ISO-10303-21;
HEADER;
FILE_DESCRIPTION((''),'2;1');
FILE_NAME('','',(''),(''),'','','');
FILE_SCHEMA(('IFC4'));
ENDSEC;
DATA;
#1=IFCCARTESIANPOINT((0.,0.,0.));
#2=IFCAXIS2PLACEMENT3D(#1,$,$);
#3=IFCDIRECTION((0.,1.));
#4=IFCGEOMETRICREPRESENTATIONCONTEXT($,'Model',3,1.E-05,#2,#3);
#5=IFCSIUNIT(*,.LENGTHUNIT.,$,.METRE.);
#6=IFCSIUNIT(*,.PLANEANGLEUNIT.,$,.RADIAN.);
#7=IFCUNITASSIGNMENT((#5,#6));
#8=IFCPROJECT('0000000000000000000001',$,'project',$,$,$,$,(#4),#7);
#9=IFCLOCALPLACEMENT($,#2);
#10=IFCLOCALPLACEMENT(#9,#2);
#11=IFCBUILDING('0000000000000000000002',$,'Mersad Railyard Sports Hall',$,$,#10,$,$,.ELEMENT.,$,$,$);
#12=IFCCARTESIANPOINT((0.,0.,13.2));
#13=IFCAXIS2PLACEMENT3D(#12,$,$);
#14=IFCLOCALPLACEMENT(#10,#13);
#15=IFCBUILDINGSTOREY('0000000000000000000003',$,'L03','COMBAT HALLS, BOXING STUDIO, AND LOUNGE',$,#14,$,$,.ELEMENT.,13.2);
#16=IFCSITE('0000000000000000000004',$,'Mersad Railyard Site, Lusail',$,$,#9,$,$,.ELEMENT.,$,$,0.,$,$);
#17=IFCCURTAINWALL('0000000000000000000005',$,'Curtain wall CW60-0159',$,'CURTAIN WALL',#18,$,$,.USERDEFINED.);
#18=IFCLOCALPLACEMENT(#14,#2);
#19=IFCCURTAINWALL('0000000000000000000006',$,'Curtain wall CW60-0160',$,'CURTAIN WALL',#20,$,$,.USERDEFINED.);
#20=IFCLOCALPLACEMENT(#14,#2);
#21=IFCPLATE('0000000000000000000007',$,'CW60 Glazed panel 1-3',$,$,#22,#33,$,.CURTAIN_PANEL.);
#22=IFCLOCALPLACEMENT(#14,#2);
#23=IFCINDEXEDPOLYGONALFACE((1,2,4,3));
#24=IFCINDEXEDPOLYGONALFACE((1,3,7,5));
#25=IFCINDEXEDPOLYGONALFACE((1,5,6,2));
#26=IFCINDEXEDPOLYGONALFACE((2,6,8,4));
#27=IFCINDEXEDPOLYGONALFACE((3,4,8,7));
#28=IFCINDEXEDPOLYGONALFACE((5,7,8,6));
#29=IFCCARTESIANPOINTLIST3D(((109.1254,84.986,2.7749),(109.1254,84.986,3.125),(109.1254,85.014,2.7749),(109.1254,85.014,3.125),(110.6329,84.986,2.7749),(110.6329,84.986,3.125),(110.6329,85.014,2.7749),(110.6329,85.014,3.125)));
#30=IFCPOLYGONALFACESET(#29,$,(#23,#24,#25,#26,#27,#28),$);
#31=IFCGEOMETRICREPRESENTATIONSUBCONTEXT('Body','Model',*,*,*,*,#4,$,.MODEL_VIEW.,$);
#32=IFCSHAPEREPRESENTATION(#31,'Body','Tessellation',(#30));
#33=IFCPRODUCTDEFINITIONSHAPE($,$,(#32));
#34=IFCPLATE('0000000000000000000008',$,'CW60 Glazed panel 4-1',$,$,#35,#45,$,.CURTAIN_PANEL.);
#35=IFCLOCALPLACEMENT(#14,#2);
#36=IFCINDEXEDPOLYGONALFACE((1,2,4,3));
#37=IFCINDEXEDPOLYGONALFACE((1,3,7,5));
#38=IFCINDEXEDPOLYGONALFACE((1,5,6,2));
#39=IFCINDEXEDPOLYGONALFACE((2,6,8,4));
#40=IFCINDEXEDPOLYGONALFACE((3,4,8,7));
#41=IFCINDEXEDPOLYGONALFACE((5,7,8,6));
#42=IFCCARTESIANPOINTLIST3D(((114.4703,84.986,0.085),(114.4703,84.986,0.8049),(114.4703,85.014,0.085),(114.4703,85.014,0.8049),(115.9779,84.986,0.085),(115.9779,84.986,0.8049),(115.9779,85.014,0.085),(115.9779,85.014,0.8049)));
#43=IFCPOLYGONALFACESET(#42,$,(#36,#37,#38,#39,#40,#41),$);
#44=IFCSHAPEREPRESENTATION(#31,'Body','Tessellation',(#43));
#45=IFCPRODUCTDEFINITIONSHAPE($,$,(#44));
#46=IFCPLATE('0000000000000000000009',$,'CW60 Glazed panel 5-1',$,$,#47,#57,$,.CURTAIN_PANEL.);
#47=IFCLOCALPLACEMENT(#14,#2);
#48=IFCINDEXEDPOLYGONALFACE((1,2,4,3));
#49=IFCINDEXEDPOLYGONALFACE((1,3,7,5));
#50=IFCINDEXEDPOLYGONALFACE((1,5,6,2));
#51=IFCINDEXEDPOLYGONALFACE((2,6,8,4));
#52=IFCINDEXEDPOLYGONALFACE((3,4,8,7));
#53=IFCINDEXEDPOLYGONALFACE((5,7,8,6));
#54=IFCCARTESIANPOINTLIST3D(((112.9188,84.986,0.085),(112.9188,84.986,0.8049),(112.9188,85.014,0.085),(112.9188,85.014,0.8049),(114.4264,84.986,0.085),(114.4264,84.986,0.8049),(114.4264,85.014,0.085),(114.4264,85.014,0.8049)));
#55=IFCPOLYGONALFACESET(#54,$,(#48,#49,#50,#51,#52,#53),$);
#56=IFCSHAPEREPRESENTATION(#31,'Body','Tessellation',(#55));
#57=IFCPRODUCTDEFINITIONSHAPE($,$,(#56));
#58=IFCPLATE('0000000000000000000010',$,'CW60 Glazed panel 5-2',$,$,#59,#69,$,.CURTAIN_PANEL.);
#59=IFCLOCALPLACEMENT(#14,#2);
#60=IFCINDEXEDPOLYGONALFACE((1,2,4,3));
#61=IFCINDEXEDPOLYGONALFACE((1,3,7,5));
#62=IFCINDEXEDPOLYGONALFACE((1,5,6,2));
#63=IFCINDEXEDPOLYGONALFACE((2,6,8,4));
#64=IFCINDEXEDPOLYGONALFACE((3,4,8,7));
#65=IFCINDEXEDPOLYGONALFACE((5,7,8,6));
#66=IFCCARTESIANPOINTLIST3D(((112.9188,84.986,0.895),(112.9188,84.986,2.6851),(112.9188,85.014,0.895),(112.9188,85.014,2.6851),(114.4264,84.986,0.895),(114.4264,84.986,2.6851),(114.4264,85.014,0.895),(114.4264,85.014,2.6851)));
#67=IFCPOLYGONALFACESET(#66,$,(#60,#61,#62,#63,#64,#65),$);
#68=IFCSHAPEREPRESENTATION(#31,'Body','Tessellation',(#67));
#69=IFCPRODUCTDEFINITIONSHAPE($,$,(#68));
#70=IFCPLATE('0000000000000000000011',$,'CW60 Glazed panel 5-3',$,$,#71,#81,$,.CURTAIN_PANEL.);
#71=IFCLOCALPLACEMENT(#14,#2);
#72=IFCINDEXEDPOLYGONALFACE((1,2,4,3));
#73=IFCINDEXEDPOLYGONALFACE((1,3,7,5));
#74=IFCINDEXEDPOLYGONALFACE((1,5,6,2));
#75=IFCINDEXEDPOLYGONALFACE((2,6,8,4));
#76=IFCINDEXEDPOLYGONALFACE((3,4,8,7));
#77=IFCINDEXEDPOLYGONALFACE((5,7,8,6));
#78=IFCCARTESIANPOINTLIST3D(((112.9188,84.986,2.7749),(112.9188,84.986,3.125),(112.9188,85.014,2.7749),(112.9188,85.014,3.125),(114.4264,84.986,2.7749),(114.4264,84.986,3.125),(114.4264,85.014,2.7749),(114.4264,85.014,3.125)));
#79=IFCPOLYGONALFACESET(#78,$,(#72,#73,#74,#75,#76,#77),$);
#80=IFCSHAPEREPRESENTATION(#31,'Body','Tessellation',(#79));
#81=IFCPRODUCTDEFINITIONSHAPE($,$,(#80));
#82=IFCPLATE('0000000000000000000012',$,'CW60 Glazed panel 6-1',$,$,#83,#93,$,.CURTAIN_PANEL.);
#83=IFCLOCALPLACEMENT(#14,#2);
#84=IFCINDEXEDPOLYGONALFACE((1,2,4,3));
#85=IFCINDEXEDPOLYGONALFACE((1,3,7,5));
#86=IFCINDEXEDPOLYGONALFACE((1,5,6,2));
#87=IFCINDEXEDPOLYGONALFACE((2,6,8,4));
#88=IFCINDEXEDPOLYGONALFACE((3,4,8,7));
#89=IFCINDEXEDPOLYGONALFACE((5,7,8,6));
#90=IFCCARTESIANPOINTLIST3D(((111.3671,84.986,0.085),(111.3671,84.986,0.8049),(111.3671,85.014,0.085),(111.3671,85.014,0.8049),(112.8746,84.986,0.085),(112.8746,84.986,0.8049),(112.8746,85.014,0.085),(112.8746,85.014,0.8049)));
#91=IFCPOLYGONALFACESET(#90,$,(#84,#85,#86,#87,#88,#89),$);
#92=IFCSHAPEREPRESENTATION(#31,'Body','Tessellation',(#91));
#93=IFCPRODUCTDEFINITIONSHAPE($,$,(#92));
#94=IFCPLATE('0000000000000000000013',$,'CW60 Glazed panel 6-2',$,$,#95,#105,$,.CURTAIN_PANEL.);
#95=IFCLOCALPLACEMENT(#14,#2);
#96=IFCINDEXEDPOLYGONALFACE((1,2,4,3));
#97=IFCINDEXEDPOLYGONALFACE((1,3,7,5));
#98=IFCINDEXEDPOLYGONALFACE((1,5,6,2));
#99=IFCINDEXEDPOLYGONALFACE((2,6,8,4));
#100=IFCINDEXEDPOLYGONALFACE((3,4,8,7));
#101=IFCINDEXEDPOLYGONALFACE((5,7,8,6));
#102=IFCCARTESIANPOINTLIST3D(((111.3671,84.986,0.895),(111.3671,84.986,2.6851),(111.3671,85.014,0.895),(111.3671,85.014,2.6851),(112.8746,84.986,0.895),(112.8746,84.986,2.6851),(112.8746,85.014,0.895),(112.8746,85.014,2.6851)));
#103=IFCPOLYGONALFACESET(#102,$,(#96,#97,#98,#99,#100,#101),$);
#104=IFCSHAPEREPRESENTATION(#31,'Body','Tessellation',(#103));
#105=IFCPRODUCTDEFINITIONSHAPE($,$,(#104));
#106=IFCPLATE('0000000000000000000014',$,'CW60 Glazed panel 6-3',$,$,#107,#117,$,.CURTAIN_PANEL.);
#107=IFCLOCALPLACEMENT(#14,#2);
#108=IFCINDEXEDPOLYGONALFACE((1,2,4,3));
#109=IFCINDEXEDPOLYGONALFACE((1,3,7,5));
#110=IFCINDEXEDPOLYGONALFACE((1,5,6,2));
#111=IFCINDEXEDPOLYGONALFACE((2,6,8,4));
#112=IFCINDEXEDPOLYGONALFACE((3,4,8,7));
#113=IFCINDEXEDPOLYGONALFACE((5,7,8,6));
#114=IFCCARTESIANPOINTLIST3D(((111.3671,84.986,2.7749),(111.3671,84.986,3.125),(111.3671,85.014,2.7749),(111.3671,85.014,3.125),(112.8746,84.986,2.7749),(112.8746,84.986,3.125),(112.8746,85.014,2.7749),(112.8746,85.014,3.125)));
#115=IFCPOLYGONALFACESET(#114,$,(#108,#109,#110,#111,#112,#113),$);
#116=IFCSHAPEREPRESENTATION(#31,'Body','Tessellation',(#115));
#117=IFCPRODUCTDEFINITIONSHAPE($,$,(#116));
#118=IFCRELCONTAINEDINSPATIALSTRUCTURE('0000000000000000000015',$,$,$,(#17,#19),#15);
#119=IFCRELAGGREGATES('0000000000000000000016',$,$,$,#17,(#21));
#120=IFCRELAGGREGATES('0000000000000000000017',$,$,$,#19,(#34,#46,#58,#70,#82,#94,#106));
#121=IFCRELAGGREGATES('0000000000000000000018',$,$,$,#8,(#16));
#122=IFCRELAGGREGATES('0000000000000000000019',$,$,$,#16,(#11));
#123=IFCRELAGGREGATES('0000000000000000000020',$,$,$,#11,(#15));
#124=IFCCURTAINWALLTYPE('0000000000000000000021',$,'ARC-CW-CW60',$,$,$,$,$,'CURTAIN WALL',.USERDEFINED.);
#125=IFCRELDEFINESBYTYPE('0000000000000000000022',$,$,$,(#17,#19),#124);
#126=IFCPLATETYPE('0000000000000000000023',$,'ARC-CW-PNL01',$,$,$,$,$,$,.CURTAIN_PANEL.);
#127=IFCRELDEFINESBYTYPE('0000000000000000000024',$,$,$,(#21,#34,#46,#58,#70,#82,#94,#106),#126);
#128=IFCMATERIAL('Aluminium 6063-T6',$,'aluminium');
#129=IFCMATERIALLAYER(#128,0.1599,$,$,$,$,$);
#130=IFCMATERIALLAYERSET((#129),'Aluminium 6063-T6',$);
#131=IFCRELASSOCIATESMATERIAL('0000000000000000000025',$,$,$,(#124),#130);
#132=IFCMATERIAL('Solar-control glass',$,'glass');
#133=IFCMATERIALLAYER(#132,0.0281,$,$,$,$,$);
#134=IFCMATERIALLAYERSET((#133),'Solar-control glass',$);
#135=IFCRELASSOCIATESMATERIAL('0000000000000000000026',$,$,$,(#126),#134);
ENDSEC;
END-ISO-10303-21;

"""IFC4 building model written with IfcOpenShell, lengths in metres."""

from ifc_helpers import new_model, si_unit, direction, frame, origin, origin_2d, place, context, subcontext, project, spatial, rectangle, extrude, material, layer, layer_set, type_object, element, aggregate, save


model = new_model("IFC4")

# Units and contexts
model_context = context("Model", 3, precision=1e-05, world=origin(), true_north=direction((0.0, 1.0)))
body_context = subcontext(model_context, "Body", "Model", "MODEL_VIEW")
ifc_project = project(units=[si_unit("LENGTHUNIT", "METRE"), si_unit("PLANEANGLEUNIT", "RADIAN")], contexts=[model_context])

# Site, building, storey
site_placement = place(None, origin())
site = spatial("IfcSite", under=ifc_project, at=site_placement, Name="Mersad Railyard Site, Lusail", CompositionType="ELEMENT", RefElevation=0.0)
building_placement = place(site_placement, origin())
building = spatial("IfcBuilding", under=site, at=building_placement, Name="Mersad Railyard Sports Hall", CompositionType="ELEMENT")
storey_placement = place(building_placement, frame((0.0, 0.0, 13.2)))
storey = spatial("IfcBuildingStorey", under=building, at=storey_placement, Name="L03", Description="COMBAT HALLS, BOXING STUDIO, AND LOUNGE", CompositionType="ELEMENT", Elevation=13.2)

# Curtain wall
ifc_material_1 = material(Name="Aluminium 6063-T6", Category="aluminium")
ifc_layer_1 = layer(ifc_material_1, 0.1599)
ifc_layer_set_1 = layer_set([ifc_layer_1], Name="Aluminium 6063-T6")
curtain_wall_type = type_object("IfcCurtainWallType", Name="ARC-CW-CW60", ElementType="CURTAIN WALL", PredefinedType="USERDEFINED", material=ifc_layer_set_1)
curtain_wall_1_placement = place(storey_placement, origin())
curtain_wall_1 = element("IfcCurtainWall", 1, at=curtain_wall_1_placement, inside=storey, type_object=curtain_wall_type, Name="Curtain wall CW60-0159", ObjectType="CURTAIN WALL", PredefinedType="USERDEFINED")

# Curtain wall
curtain_wall_2_placement = place(storey_placement, origin())
curtain_wall_2 = element("IfcCurtainWall", 2, at=curtain_wall_2_placement, inside=storey, type_object=curtain_wall_type, Name="Curtain wall CW60-0160", ObjectType="CURTAIN WALL", PredefinedType="USERDEFINED")

# Plates
ifc_material_2 = material(Name="Solar-control glass", Category="glass")
ifc_layer_2 = layer(ifc_material_2, 0.0281)
ifc_layer_set_2 = layer_set([ifc_layer_2], Name="Solar-control glass")
plate_type = type_object("IfcPlateType", Name="ARC-CW-PNL01", PredefinedType="CURTAIN_PANEL", material=ifc_layer_set_2)
plate_1_placement = place(storey_placement, frame((109.8792, 85.0, 2.7749), z_axis=(0.0, 0.0, 1.0), x_axis=(-1.0, 0.0, 0.0)))
plate_1 = element("IfcPlate", 3, at=plate_1_placement, type_object=plate_type, Name="CW60 Glazed panel 1-3", PredefinedType="CURTAIN_PANEL", context=body_context, shape_type="SweptSolid", body=[
    extrude(rectangle(XDim=1.5076, YDim=0.0281, at=origin_2d()), origin(), (0.0, 0.0, 1.0), 0.3501),
])
aggregate(curtain_wall_1, [plate_1])
plate_2_placement = place(storey_placement, frame((115.2241, 85.0, 0.085), z_axis=(0.0, 0.0, 1.0), x_axis=(-1.0, 0.0, 0.0)))
plate_2 = element("IfcPlate", 4, at=plate_2_placement, type_object=plate_type, Name="CW60 Glazed panel 4-1", PredefinedType="CURTAIN_PANEL", context=body_context, shape_type="SweptSolid", body=[
    extrude(rectangle(XDim=1.5076, YDim=0.0281, at=origin_2d()), origin(), (0.0, 0.0, 1.0), 0.72),
])
plate_3_placement = place(storey_placement, frame((113.6726, 85.0, 0.085), z_axis=(0.0, 0.0, 1.0), x_axis=(-1.0, 0.0, 0.0)))
plate_3 = element("IfcPlate", 5, at=plate_3_placement, type_object=plate_type, Name="CW60 Glazed panel 5-1", PredefinedType="CURTAIN_PANEL", context=body_context, shape_type="SweptSolid", body=[
    extrude(rectangle(XDim=1.5076, YDim=0.0281, at=origin_2d()), origin(), (0.0, 0.0, 1.0), 0.72),
])
plate_4_placement = place(storey_placement, frame((113.6726, 85.0, 0.895), z_axis=(0.0, 0.0, 1.0), x_axis=(-1.0, 0.0, 0.0)))
plate_4 = element("IfcPlate", 6, at=plate_4_placement, type_object=plate_type, Name="CW60 Glazed panel 5-2", PredefinedType="CURTAIN_PANEL", context=body_context, shape_type="SweptSolid", body=[
    extrude(rectangle(XDim=1.5076, YDim=0.0281, at=origin_2d()), origin(), (0.0, 0.0, 1.0), 1.79),
])
plate_5_placement = place(storey_placement, frame((113.6726, 85.0, 2.7749), z_axis=(0.0, 0.0, 1.0), x_axis=(-1.0, 0.0, 0.0)))
plate_5 = element("IfcPlate", 7, at=plate_5_placement, type_object=plate_type, Name="CW60 Glazed panel 5-3", PredefinedType="CURTAIN_PANEL", context=body_context, shape_type="SweptSolid", body=[
    extrude(rectangle(XDim=1.5076, YDim=0.0281, at=origin_2d()), origin(), (0.0, 0.0, 1.0), 0.3501),
])
plate_6_placement = place(storey_placement, frame((112.1208, 85.0, 0.085), z_axis=(0.0, 0.0, 1.0), x_axis=(-1.0, 0.0, 0.0)))
plate_6 = element("IfcPlate", 8, at=plate_6_placement, type_object=plate_type, Name="CW60 Glazed panel 6-1", PredefinedType="CURTAIN_PANEL", context=body_context, shape_type="SweptSolid", body=[
    extrude(rectangle(XDim=1.5076, YDim=0.0281, at=origin_2d()), origin(), (0.0, 0.0, 1.0), 0.72),
])
plate_7_placement = place(storey_placement, frame((112.1208, 85.0, 0.895), z_axis=(0.0, 0.0, 1.0), x_axis=(-1.0, 0.0, 0.0)))
plate_7 = element("IfcPlate", 9, at=plate_7_placement, type_object=plate_type, Name="CW60 Glazed panel 6-2", PredefinedType="CURTAIN_PANEL", context=body_context, shape_type="SweptSolid", body=[
    extrude(rectangle(XDim=1.5076, YDim=0.0281, at=origin_2d()), origin(), (0.0, 0.0, 1.0), 1.79),
])
plate_8_placement = place(storey_placement, frame((112.1208, 85.0, 2.7749), z_axis=(0.0, 0.0, 1.0), x_axis=(-1.0, 0.0, 0.0)))
plate_8 = element("IfcPlate", 10, at=plate_8_placement, type_object=plate_type, Name="CW60 Glazed panel 6-3", PredefinedType="CURTAIN_PANEL", context=body_context, shape_type="SweptSolid", body=[
    extrude(rectangle(XDim=1.5076, YDim=0.0281, at=origin_2d()), origin(), (0.0, 0.0, 1.0), 0.3501),
])
aggregate(curtain_wall_2, [plate_2, plate_3, plate_4, plate_5, plate_6, plate_7, plate_8])

save(model, "model.ifc")
